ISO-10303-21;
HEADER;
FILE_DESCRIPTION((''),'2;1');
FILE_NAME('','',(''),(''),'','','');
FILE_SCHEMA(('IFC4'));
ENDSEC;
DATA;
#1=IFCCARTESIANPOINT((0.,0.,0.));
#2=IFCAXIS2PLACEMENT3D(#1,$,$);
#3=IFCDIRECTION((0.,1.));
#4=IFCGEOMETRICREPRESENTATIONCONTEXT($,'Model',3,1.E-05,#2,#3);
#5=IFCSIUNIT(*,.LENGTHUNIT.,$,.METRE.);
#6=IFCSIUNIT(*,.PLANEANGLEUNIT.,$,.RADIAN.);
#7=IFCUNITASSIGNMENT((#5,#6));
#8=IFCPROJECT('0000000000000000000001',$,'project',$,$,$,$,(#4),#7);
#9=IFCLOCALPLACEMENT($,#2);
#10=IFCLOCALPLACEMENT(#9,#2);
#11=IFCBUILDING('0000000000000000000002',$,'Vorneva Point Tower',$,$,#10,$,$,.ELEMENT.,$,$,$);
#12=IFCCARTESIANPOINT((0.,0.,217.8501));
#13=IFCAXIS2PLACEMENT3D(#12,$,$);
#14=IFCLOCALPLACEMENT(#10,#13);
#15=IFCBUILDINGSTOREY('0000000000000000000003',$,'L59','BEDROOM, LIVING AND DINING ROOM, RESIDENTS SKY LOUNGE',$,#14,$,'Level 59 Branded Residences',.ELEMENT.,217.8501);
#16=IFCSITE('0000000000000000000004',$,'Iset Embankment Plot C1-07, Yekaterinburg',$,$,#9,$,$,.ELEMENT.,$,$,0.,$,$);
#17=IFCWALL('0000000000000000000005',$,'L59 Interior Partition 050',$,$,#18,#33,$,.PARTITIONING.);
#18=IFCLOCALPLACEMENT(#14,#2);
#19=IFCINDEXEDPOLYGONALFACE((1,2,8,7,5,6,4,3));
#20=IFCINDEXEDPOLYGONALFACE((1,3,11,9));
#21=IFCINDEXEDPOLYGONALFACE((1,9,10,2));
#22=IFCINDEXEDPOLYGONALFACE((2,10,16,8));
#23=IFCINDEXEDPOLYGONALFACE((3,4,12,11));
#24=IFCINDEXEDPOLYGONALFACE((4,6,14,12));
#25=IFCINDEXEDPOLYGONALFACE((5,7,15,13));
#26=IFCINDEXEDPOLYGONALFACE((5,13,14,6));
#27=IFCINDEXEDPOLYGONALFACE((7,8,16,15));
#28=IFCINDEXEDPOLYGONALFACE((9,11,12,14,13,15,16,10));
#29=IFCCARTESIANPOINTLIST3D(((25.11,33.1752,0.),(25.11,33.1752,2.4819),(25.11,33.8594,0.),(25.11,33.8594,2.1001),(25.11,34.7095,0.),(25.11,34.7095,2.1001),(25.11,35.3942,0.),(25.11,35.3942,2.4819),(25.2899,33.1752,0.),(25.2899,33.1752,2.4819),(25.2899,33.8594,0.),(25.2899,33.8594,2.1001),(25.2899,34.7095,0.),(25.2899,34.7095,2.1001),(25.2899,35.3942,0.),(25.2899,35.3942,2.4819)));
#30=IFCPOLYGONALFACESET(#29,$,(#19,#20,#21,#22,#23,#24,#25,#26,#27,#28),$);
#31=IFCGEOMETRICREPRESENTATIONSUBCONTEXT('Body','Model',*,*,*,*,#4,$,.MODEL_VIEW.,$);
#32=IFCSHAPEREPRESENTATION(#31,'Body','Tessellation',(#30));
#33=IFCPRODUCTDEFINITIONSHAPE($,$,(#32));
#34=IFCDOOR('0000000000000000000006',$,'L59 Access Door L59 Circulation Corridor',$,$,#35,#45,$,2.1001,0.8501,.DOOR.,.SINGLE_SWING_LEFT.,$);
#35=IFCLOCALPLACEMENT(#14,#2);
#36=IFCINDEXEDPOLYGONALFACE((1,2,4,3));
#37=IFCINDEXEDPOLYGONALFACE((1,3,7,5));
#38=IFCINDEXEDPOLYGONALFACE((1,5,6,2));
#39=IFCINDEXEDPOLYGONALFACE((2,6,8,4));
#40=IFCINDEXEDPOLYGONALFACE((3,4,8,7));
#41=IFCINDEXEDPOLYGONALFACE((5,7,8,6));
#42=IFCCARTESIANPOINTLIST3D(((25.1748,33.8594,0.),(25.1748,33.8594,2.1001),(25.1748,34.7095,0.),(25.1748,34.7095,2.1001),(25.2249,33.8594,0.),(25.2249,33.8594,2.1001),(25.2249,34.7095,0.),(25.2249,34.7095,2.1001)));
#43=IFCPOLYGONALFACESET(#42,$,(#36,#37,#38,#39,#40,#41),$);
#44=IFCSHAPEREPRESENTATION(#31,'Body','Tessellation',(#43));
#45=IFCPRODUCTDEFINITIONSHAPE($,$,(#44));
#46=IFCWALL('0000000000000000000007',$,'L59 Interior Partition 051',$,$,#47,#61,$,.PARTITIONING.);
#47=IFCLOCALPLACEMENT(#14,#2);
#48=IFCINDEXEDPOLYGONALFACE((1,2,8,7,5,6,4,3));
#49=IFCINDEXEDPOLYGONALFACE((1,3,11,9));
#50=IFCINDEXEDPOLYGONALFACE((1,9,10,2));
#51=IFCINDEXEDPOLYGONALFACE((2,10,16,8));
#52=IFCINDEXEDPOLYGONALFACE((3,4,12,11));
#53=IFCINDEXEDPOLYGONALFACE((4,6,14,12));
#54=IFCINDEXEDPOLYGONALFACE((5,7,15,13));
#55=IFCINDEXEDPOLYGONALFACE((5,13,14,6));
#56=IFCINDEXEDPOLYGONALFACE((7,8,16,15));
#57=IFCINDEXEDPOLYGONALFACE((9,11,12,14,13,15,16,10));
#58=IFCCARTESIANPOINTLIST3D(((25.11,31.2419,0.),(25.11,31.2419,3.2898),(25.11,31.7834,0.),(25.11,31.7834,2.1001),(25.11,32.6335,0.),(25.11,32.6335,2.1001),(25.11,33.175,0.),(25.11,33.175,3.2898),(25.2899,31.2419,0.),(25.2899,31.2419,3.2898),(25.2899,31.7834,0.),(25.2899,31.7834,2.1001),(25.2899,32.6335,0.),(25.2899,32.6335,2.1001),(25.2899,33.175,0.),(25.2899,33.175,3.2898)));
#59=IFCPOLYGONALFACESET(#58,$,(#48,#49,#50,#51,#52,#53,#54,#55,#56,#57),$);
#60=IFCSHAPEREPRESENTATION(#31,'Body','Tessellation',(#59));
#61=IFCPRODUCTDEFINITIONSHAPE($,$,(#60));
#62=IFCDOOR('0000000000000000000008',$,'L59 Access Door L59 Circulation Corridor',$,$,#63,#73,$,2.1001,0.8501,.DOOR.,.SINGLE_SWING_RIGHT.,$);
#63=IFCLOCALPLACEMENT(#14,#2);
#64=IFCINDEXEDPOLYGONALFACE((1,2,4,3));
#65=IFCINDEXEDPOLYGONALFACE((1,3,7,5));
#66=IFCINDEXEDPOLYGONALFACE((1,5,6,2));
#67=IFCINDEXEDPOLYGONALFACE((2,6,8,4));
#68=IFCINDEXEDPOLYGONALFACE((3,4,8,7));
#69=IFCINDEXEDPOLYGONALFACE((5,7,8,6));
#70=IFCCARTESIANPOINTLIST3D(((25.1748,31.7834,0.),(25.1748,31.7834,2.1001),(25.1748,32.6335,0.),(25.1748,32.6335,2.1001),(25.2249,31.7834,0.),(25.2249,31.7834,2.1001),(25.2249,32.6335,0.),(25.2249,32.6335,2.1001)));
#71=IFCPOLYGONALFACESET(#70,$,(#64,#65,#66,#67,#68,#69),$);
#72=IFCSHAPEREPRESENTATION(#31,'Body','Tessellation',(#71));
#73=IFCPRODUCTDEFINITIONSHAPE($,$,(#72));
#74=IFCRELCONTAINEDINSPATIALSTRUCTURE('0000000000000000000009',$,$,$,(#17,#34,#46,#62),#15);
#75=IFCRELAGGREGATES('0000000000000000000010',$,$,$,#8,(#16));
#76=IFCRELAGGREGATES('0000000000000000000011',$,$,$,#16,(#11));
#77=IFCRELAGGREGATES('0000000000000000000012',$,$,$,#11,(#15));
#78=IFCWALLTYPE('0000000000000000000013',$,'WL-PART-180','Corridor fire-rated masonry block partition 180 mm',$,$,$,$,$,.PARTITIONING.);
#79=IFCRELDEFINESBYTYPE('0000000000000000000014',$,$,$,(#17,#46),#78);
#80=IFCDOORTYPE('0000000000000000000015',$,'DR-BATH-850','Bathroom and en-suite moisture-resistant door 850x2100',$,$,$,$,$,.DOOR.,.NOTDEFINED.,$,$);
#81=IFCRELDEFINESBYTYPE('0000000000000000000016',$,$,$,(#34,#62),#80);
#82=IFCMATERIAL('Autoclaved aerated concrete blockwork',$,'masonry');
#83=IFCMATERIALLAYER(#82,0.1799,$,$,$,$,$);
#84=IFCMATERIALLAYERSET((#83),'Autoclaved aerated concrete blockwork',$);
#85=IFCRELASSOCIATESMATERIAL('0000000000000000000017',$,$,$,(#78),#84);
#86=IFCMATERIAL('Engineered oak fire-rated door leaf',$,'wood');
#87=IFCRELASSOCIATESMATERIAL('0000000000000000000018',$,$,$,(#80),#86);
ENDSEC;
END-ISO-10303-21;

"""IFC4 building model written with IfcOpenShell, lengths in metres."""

from ifc_helpers import new_model, si_unit, direction, frame, frame_2d, origin, place, context, subcontext, project, spatial, rectangle, extrude, material, layer, layer_set, type_object, element, fill, save


model = new_model("IFC4")

# Units and contexts
model_context = context("Model", 3, precision=1e-05, world=origin(), true_north=direction((0.0, 1.0)))
body_context = subcontext(model_context, "Body", "Model", "MODEL_VIEW")
ifc_project = project(units=[si_unit("LENGTHUNIT", "METRE"), si_unit("PLANEANGLEUNIT", "RADIAN")], contexts=[model_context])

# Site, building, storey
site_placement = place(None, origin())
site = spatial("IfcSite", under=ifc_project, at=site_placement, Name="Iset Embankment Plot C1-07, Yekaterinburg", CompositionType="ELEMENT", RefElevation=0.0)
building_placement = place(site_placement, origin())
building = spatial("IfcBuilding", under=site, at=building_placement, Name="Vorneva Point Tower", CompositionType="ELEMENT")
storey_placement = place(building_placement, frame((0.0, 0.0, 217.8501)))
storey = spatial("IfcBuildingStorey", under=building, at=storey_placement, Name="L59", Description="BEDROOM, LIVING AND DINING ROOM, RESIDENTS SKY LOUNGE", LongName="Level 59 Branded Residences", CompositionType="ELEMENT", Elevation=217.8501)

# Shared definitions
ifc_material_1 = material(Name="Autoclaved aerated concrete blockwork", Category="masonry")
ifc_layer_1 = layer(ifc_material_1, 0.1799)
ifc_layer_set_1 = layer_set([ifc_layer_1], Name="Autoclaved aerated concrete blockwork")
wall_type_1 = type_object("IfcWallType", Name="WL-PART-180", Description="Corridor fire-rated masonry block partition 180 mm", PredefinedType="PARTITIONING", material=ifc_layer_set_1)

# Walls, openings, doors
wall_1_placement = place(storey_placement, frame((25.2, 35.394, 0.0), z_axis=(0.0, 0.0, 1.0), x_axis=(0.0, -1.0, 0.0)))
wall_1 = element("IfcWall", 1, at=wall_1_placement, inside=storey, type_object=wall_type_1, Name="L59 Interior Partition 050", PredefinedType="PARTITIONING", context=body_context, shape_type="SweptSolid", body=[
    extrude(rectangle(XDim=2.219, YDim=0.1799, at=frame_2d((1.1094, 0.0))), origin(), (0.0, 0.0, 1.0), 2.4819),
])
opening_1_placement = place(wall_1_placement, frame((0.6846, 0.0, 0.0)))
opening_1 = element("IfcOpeningElement", 2, at=opening_1_placement, cuts=wall_1, PredefinedType="OPENING", context=body_context, shape_type="SweptSolid", body=[
    extrude(rectangle(XDim=0.8501, YDim=2.1001, at=frame_2d((0.425, 1.05))), frame((0.0, 0.105, 0.0), z_axis=(0.0, -1.0, 0.0), x_axis=(1.0, 0.0, 0.0)), (0.0, 0.0, 1.0), 0.2097),
])
ifc_material_2 = material(Name="Engineered oak fire-rated door leaf", Category="wood")
door_type = type_object("IfcDoorType", Name="DR-BATH-850", Description="Bathroom and en-suite moisture-resistant door 850x2100", OperationType="NOTDEFINED", PredefinedType="DOOR", material=ifc_material_2)
door_1_placement = place(opening_1_placement, origin())
door_1 = element("IfcDoor", 3, at=door_1_placement, inside=storey, type_object=door_type, Name="L59 Access Door L59 Circulation Corridor", OperationType="SINGLE_SWING_LEFT", OverallHeight=2.1001, OverallWidth=0.8501, PredefinedType="DOOR", context=body_context, shape_type="SweptSolid", body=[
    extrude(rectangle(XDim=0.8501, YDim=2.1001, at=frame_2d((0.425, 1.05))), frame((0.0, 0.0249, 0.0), z_axis=(0.0, -1.0, 0.0), x_axis=(1.0, 0.0, 0.0)), (0.0, 0.0, 1.0), 0.05),
])
fill(opening_1, door_1)
wall_2_placement = place(storey_placement, frame((25.2, 33.175, 0.0), z_axis=(0.0, 0.0, 1.0), x_axis=(0.0, -1.0, 0.0)))
wall_2 = element("IfcWall", 4, at=wall_2_placement, inside=storey, type_object=wall_type_1, Name="L59 Interior Partition 051", PredefinedType="PARTITIONING", context=body_context, shape_type="SweptSolid", body=[
    extrude(rectangle(XDim=1.9331, YDim=0.1799, at=frame_2d((0.9666, 0.0))), origin(), (0.0, 0.0, 1.0), 3.2898),
])
opening_2_placement = place(wall_2_placement, frame((0.5415, 0.0, 0.0)))
opening_2 = element("IfcOpeningElement", 5, at=opening_2_placement, cuts=wall_2, PredefinedType="OPENING", context=body_context, shape_type="SweptSolid", body=[
    extrude(rectangle(XDim=0.8501, YDim=2.1001, at=frame_2d((0.425, 1.05))), frame((0.0, 0.105, 0.0), z_axis=(0.0, -1.0, 0.0), x_axis=(1.0, 0.0, 0.0)), (0.0, 0.0, 1.0), 0.2097),
])
door_2_placement = place(opening_2_placement, origin())
door_2 = element("IfcDoor", 6, at=door_2_placement, inside=storey, type_object=door_type, Name="L59 Access Door L59 Circulation Corridor", OperationType="SINGLE_SWING_RIGHT", OverallHeight=2.1001, OverallWidth=0.8501, PredefinedType="DOOR", context=body_context, shape_type="SweptSolid", body=[
    extrude(rectangle(XDim=0.8501, YDim=2.1001, at=frame_2d((0.425, 1.05))), frame((0.0, 0.0249, 0.0), z_axis=(0.0, -1.0, 0.0), x_axis=(1.0, 0.0, 0.0)), (0.0, 0.0, 1.0), 0.05),
])
fill(opening_2, door_2)

save(model, "model.ifc")
